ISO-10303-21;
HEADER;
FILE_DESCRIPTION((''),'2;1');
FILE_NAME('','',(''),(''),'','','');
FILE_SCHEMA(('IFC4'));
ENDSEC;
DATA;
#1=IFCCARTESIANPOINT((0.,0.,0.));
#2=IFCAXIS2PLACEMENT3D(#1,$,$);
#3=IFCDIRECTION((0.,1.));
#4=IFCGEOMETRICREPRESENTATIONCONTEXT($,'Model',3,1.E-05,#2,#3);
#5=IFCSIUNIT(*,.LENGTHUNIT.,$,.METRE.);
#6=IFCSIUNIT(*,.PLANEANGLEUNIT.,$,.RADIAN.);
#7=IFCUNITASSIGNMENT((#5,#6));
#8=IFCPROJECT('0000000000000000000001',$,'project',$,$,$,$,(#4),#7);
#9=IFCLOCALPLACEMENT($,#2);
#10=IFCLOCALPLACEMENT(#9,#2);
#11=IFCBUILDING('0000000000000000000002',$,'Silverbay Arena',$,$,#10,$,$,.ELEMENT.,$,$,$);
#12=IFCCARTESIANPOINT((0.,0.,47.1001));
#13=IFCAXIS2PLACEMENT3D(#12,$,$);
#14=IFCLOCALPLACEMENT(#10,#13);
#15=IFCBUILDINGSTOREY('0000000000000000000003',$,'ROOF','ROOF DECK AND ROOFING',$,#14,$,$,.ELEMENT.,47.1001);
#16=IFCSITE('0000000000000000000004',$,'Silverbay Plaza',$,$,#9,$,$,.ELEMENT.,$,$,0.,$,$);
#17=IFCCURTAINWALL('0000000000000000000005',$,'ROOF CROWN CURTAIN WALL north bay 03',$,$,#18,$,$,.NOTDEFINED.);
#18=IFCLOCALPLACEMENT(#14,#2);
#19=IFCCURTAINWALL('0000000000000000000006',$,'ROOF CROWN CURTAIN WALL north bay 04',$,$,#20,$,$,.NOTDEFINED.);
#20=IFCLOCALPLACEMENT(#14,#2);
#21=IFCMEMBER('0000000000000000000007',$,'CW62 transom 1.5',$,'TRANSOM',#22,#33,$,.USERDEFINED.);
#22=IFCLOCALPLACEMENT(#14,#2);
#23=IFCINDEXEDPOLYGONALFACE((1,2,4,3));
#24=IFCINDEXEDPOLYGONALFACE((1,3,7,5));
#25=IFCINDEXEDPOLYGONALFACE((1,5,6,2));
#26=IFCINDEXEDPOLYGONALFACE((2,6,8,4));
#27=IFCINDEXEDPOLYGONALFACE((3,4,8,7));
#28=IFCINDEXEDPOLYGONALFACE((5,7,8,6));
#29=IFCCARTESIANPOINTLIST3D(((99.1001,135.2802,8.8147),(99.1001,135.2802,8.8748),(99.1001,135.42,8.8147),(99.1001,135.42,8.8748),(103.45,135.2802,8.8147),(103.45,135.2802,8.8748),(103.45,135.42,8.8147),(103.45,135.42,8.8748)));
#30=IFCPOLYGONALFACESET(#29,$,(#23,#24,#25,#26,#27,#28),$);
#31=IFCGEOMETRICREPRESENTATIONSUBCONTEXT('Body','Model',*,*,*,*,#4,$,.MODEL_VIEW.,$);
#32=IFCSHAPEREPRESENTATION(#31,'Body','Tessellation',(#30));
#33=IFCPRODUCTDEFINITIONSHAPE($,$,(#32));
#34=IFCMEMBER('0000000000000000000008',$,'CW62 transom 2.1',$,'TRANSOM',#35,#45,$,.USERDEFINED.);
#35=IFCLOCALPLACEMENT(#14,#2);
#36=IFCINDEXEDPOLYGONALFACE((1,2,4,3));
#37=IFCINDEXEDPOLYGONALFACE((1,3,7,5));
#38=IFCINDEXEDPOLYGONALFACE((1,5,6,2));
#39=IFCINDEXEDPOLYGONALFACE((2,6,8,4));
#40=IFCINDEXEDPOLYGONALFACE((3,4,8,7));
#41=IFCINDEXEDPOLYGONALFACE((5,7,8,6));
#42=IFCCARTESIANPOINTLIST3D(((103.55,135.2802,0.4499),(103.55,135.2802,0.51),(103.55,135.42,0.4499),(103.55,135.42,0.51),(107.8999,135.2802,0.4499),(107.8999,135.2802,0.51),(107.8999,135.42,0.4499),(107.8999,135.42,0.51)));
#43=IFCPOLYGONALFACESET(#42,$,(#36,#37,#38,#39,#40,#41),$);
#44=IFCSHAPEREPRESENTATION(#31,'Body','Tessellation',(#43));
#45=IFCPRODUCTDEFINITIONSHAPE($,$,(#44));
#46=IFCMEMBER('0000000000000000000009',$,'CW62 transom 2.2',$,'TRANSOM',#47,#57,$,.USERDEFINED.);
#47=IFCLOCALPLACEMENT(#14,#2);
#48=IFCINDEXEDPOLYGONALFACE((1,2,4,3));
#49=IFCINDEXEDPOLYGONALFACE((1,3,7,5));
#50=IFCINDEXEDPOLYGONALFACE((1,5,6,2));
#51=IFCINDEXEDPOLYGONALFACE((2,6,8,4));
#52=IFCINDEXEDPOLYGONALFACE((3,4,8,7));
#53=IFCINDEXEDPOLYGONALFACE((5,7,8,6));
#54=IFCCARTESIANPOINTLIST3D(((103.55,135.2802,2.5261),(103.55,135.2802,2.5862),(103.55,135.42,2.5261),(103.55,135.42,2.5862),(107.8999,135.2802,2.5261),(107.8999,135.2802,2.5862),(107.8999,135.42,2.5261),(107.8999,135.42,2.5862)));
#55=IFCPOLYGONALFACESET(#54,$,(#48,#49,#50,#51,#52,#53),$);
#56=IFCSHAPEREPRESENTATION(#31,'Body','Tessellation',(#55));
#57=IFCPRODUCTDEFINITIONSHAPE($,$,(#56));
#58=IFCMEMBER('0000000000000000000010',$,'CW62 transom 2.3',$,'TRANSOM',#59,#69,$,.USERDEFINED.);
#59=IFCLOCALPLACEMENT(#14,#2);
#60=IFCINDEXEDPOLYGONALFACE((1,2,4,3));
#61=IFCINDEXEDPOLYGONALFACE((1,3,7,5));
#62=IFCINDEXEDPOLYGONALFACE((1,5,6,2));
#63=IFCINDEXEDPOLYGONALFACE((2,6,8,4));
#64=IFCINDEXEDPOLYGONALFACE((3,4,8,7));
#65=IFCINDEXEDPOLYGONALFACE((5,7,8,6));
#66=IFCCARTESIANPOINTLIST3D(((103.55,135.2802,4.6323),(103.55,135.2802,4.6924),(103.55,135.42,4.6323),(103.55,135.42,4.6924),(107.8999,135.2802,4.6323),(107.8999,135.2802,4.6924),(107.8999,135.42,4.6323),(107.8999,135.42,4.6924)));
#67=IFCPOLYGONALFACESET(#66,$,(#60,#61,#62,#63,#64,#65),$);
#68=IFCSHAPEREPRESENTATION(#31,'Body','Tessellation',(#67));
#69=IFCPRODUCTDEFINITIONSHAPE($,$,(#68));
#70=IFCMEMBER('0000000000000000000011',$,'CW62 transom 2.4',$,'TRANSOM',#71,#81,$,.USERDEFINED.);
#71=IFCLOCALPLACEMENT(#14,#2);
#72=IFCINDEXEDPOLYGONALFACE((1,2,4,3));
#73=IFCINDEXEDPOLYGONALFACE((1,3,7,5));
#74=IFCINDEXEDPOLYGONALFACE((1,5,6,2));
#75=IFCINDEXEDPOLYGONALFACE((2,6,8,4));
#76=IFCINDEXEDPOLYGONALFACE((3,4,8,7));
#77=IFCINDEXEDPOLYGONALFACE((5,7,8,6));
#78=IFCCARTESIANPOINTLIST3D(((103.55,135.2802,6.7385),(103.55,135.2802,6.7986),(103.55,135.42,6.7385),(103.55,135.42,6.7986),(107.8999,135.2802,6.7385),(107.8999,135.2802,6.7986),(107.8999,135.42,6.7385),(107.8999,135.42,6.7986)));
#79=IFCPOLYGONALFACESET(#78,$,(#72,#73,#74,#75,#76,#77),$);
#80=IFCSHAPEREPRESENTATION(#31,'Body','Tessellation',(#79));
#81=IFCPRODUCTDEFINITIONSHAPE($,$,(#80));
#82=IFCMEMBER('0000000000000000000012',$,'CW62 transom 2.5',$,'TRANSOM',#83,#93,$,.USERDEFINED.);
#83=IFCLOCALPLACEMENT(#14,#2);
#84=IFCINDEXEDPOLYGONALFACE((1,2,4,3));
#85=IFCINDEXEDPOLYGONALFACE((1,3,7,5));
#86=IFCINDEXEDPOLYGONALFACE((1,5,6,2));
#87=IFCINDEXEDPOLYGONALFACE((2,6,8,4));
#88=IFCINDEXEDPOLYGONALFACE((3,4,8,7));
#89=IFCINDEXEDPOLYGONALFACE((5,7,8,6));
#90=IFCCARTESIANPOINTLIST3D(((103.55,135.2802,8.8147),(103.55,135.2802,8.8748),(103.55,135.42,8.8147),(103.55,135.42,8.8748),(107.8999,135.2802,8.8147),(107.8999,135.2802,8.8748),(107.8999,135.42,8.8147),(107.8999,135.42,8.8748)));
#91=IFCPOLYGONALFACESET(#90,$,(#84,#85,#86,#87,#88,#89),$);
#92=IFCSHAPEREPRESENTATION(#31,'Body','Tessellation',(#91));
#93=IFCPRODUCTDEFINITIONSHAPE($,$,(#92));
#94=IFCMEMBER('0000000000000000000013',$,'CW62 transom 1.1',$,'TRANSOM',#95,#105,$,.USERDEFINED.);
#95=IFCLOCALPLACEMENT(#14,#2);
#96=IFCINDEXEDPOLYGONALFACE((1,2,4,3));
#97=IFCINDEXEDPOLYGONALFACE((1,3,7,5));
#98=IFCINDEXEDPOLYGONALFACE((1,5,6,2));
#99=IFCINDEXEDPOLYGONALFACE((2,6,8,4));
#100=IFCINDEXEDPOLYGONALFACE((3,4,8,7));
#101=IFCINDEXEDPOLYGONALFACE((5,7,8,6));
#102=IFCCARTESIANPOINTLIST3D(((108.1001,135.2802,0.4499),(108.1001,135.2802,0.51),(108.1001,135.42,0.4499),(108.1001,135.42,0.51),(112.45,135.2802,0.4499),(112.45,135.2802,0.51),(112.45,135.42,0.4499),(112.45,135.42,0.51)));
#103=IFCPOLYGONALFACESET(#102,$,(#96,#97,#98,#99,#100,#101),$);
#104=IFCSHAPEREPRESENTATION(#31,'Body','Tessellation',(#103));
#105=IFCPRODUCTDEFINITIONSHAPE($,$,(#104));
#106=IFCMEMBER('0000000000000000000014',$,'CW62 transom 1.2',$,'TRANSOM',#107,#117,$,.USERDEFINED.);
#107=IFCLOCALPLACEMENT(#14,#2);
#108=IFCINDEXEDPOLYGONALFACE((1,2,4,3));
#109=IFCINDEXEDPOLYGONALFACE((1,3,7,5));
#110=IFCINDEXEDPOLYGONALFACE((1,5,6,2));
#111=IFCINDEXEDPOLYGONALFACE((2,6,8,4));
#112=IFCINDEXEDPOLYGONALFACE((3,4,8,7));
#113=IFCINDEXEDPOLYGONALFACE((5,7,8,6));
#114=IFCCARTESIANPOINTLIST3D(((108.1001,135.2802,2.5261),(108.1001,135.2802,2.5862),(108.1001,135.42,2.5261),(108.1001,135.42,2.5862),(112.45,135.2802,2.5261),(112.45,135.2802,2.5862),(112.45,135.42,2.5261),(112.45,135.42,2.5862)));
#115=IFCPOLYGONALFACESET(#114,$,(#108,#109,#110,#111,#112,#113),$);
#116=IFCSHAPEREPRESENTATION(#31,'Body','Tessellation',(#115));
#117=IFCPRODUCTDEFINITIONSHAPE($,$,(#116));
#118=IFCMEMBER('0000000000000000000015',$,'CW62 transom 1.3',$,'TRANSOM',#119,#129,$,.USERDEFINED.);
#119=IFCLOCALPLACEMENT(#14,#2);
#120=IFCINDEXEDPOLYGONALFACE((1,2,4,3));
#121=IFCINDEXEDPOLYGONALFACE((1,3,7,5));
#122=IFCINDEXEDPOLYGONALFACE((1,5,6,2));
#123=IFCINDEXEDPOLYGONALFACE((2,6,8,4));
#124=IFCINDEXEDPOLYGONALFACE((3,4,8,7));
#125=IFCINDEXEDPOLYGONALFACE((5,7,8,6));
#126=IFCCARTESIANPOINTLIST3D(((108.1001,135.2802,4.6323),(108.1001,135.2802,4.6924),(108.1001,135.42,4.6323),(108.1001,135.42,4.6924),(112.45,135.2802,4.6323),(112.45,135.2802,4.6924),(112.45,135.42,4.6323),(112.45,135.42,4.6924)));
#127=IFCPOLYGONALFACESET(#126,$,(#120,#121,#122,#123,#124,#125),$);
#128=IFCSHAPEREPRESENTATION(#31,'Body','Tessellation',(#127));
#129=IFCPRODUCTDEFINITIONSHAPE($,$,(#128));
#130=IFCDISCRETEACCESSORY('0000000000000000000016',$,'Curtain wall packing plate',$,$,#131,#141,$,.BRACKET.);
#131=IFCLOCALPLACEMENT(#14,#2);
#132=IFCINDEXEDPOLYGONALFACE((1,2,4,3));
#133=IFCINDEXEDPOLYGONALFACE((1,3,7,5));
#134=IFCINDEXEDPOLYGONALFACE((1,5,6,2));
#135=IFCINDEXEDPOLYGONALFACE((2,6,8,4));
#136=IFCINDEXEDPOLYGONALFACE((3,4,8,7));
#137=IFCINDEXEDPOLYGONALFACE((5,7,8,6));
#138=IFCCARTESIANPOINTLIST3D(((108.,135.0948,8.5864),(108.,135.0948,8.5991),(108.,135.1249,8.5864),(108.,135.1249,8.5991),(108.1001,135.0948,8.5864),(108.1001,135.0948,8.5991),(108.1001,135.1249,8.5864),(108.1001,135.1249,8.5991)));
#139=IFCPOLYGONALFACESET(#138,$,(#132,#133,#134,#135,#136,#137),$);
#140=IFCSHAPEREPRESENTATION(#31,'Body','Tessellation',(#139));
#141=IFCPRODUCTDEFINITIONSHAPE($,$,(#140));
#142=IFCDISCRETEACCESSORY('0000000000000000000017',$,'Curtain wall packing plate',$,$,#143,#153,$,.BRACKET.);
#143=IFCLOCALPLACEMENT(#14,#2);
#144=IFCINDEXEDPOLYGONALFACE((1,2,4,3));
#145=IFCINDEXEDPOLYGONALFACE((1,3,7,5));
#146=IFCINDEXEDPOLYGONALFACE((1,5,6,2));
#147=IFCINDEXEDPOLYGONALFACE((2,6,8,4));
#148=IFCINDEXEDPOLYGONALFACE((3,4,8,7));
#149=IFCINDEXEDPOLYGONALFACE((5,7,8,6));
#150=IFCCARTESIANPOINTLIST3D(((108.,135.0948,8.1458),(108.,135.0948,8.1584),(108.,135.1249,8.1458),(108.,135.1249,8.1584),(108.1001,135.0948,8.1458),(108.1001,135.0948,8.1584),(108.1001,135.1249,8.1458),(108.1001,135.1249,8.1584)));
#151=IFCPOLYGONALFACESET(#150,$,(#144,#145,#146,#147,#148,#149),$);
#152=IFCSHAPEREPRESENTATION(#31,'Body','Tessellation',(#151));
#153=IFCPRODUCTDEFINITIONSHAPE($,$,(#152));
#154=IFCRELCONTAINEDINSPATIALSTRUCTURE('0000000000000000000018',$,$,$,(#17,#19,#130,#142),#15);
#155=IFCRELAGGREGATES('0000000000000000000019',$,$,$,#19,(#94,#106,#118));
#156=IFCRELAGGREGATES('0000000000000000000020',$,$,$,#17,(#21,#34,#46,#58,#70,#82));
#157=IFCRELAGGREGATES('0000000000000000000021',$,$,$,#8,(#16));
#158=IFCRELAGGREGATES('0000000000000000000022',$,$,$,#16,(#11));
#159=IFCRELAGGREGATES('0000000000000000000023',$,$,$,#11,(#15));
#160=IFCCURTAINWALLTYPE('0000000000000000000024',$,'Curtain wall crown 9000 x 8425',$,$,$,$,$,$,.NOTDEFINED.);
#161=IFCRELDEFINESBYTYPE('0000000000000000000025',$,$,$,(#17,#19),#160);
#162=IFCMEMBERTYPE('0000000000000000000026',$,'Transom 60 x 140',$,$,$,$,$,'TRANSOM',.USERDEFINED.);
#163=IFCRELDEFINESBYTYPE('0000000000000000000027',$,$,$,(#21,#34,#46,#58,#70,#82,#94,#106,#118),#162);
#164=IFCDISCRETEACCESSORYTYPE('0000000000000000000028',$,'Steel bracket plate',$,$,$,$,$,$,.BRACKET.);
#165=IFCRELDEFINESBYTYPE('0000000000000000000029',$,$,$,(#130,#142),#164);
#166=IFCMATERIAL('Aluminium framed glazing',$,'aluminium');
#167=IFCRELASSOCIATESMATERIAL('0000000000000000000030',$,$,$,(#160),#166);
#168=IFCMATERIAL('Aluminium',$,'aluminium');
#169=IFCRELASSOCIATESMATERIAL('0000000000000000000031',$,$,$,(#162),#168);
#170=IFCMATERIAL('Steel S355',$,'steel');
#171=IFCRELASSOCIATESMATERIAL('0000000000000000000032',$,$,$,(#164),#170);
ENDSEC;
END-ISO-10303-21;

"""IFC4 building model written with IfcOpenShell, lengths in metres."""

from ifc_helpers import new_model, si_unit, direction, frame, origin, origin_2d, place, context, subcontext, project, spatial, rectangle, extrude, material, material_profile, profile_set, type_object, element, aggregate, save


model = new_model("IFC4")

# Units and contexts
model_context = context("Model", 3, precision=1e-05, world=origin(), true_north=direction((0.0, 1.0)))
body_context = subcontext(model_context, "Body", "Model", "MODEL_VIEW")
ifc_project = project(units=[si_unit("LENGTHUNIT", "METRE"), si_unit("PLANEANGLEUNIT", "RADIAN")], contexts=[model_context])

# Site, building, storey
site_placement = place(None, origin())
site = spatial("IfcSite", under=ifc_project, at=site_placement, Name="Silverbay Plaza", CompositionType="ELEMENT", RefElevation=0.0)
building_placement = place(site_placement, origin())
building = spatial("IfcBuilding", under=site, at=building_placement, Name="Silverbay Arena", CompositionType="ELEMENT")
storey_placement = place(building_placement, frame((0.0, 0.0, 47.1001)))
storey = spatial("IfcBuildingStorey", under=building, at=storey_placement, Name="ROOF", Description="ROOF DECK AND ROOFING", CompositionType="ELEMENT", Elevation=47.1001)

# Curtain wall
ifc_material_1 = material(Name="Aluminium framed glazing", Category="aluminium")
curtain_wall_type = type_object("IfcCurtainWallType", Name="Curtain wall crown 9000 x 8425", PredefinedType="NOTDEFINED", material=ifc_material_1)
placement = place(building_placement, frame((0.0, 0.0, 33.5)))
curtain_wall_1_placement = place(storey_placement, origin())
curtain_wall_1 = element("IfcCurtainWall", 1, at=curtain_wall_1_placement, inside=storey, type_object=curtain_wall_type, Name="ROOF CROWN CURTAIN WALL north bay 03", PredefinedType="NOTDEFINED")

# Curtain wall
curtain_wall_2_placement = place(storey_placement, origin())
curtain_wall_2 = element("IfcCurtainWall", 2, at=curtain_wall_2_placement, inside=storey, type_object=curtain_wall_type, Name="ROOF CROWN CURTAIN WALL north bay 04", PredefinedType="NOTDEFINED")

# Members
ifc_material_2 = material(Name="Aluminium", Category="aluminium")
ifc_material_profile_1 = material_profile(ifc_material_2, rectangle(XDim=0.1399, YDim=0.0601, at=origin_2d()), Name="Transom 60 x 140")
ifc_profile_set_1 = profile_set([ifc_material_profile_1], Name="Aluminium")
member_type_1 = type_object("IfcMemberType", Name="Transom 60 x 140", ElementType="TRANSOM", PredefinedType="USERDEFINED", material=ifc_profile_set_1)
member_1_placement = place(placement, frame((99.1001, 135.3501, 22.4448), z_axis=(1.0, 0.0, 0.0), x_axis=(0.0, 1.0, 0.0)))
member_1 = element("IfcMember", 3, at=member_1_placement, type_object=member_type_1, Name="CW62 transom 1.5", ObjectType="TRANSOM", PredefinedType="USERDEFINED", context=body_context, shape_type="SweptSolid", body=[
    extrude(rectangle(XDim=0.1399, YDim=0.0601, at=origin_2d()), origin(), (0.0, 0.0, 1.0), 4.3499),
])
member_2_placement = place(placement, frame((103.55, 135.3501, 14.0801), z_axis=(1.0, 0.0, 0.0), x_axis=(0.0, 1.0, 0.0)))
member_2 = element("IfcMember", 4, at=member_2_placement, type_object=member_type_1, Name="CW62 transom 2.1", ObjectType="TRANSOM", PredefinedType="USERDEFINED", context=body_context, shape_type="SweptSolid", body=[
    extrude(rectangle(XDim=0.1399, YDim=0.0601, at=origin_2d()), origin(), (0.0, 0.0, 1.0), 4.3499),
])
member_3_placement = place(placement, frame((103.55, 135.3501, 16.1562), z_axis=(1.0, 0.0, 0.0), x_axis=(0.0, 1.0, 0.0)))
member_3 = element("IfcMember", 5, at=member_3_placement, type_object=member_type_1, Name="CW62 transom 2.2", ObjectType="TRANSOM", PredefinedType="USERDEFINED", context=body_context, shape_type="SweptSolid", body=[
    extrude(rectangle(XDim=0.1399, YDim=0.0601, at=origin_2d()), origin(), (0.0, 0.0, 1.0), 4.3499),
])
member_4_placement = place(placement, frame((103.55, 135.3501, 18.2625), z_axis=(1.0, 0.0, 0.0), x_axis=(0.0, 1.0, 0.0)))
member_4 = element("IfcMember", 6, at=member_4_placement, type_object=member_type_1, Name="CW62 transom 2.3", ObjectType="TRANSOM", PredefinedType="USERDEFINED", context=body_context, shape_type="SweptSolid", body=[
    extrude(rectangle(XDim=0.1399, YDim=0.0601, at=origin_2d()), origin(), (0.0, 0.0, 1.0), 4.3499),
])
member_5_placement = place(placement, frame((103.55, 135.3501, 20.3687), z_axis=(1.0, 0.0, 0.0), x_axis=(0.0, 1.0, 0.0)))
member_5 = element("IfcMember", 7, at=member_5_placement, type_object=member_type_1, Name="CW62 transom 2.4", ObjectType="TRANSOM", PredefinedType="USERDEFINED", context=body_context, shape_type="SweptSolid", body=[
    extrude(rectangle(XDim=0.1399, YDim=0.0601, at=origin_2d()), origin(), (0.0, 0.0, 1.0), 4.3499),
])
member_6_placement = place(placement, frame((103.55, 135.3501, 22.4448), z_axis=(1.0, 0.0, 0.0), x_axis=(0.0, 1.0, 0.0)))
member_6 = element("IfcMember", 8, at=member_6_placement, type_object=member_type_1, Name="CW62 transom 2.5", ObjectType="TRANSOM", PredefinedType="USERDEFINED", context=body_context, shape_type="SweptSolid", body=[
    extrude(rectangle(XDim=0.1399, YDim=0.0601, at=origin_2d()), origin(), (0.0, 0.0, 1.0), 4.3499),
])
member_7_placement = place(placement, frame((108.1001, 135.3501, 14.0801), z_axis=(1.0, 0.0, 0.0), x_axis=(0.0, 1.0, 0.0)))
member_7 = element("IfcMember", 9, at=member_7_placement, type_object=member_type_1, Name="CW62 transom 1.1", ObjectType="TRANSOM", PredefinedType="USERDEFINED", context=body_context, shape_type="SweptSolid", body=[
    extrude(rectangle(XDim=0.1399, YDim=0.0601, at=origin_2d()), origin(), (0.0, 0.0, 1.0), 4.3499),
])
member_8_placement = place(placement, frame((108.1001, 135.3501, 16.1562), z_axis=(1.0, 0.0, 0.0), x_axis=(0.0, 1.0, 0.0)))
member_8 = element("IfcMember", 10, at=member_8_placement, type_object=member_type_1, Name="CW62 transom 1.2", ObjectType="TRANSOM", PredefinedType="USERDEFINED", context=body_context, shape_type="SweptSolid", body=[
    extrude(rectangle(XDim=0.1399, YDim=0.0601, at=origin_2d()), origin(), (0.0, 0.0, 1.0), 4.3499),
])
member_9_placement = place(placement, frame((108.1001, 135.3501, 18.2625), z_axis=(1.0, 0.0, 0.0), x_axis=(0.0, 1.0, 0.0)))
member_9 = element("IfcMember", 11, at=member_9_placement, type_object=member_type_1, Name="CW62 transom 1.3", ObjectType="TRANSOM", PredefinedType="USERDEFINED", context=body_context, shape_type="SweptSolid", body=[
    extrude(rectangle(XDim=0.1399, YDim=0.0601, at=origin_2d()), origin(), (0.0, 0.0, 1.0), 4.3499),
])
aggregate(curtain_wall_2, [member_7, member_8, member_9])

aggregate(curtain_wall_1, [member_1, member_2, member_3, member_4, member_5, member_6])

# Discrete accessories
ifc_material_3 = material(Name="Steel S355", Category="steel")
discrete_accessory_type = type_object("IfcDiscreteAccessoryType", Name="Steel bracket plate", PredefinedType="BRACKET", material=ifc_material_3)
for number, where, z_axis, x_axis, name in (
    (12, (108.05, 135.1099, 8.5864), (0.0, 0.0, 1.0), (1.0, 0.0, 0.0), "Curtain wall packing plate"),
    (13, (108.05, 135.1099, 8.1458), (0.0, 0.0, 1.0), (1.0, 0.0, 0.0), "Curtain wall packing plate"),
):
    element("IfcDiscreteAccessory", number, at=place(storey_placement, frame(where, z_axis=z_axis, x_axis=x_axis)), inside=storey, type_object=discrete_accessory_type, Name=name, PredefinedType="BRACKET", context=body_context, shape_type="SweptSolid", body=[
        extrude(rectangle(XDim=0.1001, YDim=0.03, at=origin_2d()), origin(), (0.0, 0.0, 1.0), 0.0127),
    ])

save(model, "model.ifc")
